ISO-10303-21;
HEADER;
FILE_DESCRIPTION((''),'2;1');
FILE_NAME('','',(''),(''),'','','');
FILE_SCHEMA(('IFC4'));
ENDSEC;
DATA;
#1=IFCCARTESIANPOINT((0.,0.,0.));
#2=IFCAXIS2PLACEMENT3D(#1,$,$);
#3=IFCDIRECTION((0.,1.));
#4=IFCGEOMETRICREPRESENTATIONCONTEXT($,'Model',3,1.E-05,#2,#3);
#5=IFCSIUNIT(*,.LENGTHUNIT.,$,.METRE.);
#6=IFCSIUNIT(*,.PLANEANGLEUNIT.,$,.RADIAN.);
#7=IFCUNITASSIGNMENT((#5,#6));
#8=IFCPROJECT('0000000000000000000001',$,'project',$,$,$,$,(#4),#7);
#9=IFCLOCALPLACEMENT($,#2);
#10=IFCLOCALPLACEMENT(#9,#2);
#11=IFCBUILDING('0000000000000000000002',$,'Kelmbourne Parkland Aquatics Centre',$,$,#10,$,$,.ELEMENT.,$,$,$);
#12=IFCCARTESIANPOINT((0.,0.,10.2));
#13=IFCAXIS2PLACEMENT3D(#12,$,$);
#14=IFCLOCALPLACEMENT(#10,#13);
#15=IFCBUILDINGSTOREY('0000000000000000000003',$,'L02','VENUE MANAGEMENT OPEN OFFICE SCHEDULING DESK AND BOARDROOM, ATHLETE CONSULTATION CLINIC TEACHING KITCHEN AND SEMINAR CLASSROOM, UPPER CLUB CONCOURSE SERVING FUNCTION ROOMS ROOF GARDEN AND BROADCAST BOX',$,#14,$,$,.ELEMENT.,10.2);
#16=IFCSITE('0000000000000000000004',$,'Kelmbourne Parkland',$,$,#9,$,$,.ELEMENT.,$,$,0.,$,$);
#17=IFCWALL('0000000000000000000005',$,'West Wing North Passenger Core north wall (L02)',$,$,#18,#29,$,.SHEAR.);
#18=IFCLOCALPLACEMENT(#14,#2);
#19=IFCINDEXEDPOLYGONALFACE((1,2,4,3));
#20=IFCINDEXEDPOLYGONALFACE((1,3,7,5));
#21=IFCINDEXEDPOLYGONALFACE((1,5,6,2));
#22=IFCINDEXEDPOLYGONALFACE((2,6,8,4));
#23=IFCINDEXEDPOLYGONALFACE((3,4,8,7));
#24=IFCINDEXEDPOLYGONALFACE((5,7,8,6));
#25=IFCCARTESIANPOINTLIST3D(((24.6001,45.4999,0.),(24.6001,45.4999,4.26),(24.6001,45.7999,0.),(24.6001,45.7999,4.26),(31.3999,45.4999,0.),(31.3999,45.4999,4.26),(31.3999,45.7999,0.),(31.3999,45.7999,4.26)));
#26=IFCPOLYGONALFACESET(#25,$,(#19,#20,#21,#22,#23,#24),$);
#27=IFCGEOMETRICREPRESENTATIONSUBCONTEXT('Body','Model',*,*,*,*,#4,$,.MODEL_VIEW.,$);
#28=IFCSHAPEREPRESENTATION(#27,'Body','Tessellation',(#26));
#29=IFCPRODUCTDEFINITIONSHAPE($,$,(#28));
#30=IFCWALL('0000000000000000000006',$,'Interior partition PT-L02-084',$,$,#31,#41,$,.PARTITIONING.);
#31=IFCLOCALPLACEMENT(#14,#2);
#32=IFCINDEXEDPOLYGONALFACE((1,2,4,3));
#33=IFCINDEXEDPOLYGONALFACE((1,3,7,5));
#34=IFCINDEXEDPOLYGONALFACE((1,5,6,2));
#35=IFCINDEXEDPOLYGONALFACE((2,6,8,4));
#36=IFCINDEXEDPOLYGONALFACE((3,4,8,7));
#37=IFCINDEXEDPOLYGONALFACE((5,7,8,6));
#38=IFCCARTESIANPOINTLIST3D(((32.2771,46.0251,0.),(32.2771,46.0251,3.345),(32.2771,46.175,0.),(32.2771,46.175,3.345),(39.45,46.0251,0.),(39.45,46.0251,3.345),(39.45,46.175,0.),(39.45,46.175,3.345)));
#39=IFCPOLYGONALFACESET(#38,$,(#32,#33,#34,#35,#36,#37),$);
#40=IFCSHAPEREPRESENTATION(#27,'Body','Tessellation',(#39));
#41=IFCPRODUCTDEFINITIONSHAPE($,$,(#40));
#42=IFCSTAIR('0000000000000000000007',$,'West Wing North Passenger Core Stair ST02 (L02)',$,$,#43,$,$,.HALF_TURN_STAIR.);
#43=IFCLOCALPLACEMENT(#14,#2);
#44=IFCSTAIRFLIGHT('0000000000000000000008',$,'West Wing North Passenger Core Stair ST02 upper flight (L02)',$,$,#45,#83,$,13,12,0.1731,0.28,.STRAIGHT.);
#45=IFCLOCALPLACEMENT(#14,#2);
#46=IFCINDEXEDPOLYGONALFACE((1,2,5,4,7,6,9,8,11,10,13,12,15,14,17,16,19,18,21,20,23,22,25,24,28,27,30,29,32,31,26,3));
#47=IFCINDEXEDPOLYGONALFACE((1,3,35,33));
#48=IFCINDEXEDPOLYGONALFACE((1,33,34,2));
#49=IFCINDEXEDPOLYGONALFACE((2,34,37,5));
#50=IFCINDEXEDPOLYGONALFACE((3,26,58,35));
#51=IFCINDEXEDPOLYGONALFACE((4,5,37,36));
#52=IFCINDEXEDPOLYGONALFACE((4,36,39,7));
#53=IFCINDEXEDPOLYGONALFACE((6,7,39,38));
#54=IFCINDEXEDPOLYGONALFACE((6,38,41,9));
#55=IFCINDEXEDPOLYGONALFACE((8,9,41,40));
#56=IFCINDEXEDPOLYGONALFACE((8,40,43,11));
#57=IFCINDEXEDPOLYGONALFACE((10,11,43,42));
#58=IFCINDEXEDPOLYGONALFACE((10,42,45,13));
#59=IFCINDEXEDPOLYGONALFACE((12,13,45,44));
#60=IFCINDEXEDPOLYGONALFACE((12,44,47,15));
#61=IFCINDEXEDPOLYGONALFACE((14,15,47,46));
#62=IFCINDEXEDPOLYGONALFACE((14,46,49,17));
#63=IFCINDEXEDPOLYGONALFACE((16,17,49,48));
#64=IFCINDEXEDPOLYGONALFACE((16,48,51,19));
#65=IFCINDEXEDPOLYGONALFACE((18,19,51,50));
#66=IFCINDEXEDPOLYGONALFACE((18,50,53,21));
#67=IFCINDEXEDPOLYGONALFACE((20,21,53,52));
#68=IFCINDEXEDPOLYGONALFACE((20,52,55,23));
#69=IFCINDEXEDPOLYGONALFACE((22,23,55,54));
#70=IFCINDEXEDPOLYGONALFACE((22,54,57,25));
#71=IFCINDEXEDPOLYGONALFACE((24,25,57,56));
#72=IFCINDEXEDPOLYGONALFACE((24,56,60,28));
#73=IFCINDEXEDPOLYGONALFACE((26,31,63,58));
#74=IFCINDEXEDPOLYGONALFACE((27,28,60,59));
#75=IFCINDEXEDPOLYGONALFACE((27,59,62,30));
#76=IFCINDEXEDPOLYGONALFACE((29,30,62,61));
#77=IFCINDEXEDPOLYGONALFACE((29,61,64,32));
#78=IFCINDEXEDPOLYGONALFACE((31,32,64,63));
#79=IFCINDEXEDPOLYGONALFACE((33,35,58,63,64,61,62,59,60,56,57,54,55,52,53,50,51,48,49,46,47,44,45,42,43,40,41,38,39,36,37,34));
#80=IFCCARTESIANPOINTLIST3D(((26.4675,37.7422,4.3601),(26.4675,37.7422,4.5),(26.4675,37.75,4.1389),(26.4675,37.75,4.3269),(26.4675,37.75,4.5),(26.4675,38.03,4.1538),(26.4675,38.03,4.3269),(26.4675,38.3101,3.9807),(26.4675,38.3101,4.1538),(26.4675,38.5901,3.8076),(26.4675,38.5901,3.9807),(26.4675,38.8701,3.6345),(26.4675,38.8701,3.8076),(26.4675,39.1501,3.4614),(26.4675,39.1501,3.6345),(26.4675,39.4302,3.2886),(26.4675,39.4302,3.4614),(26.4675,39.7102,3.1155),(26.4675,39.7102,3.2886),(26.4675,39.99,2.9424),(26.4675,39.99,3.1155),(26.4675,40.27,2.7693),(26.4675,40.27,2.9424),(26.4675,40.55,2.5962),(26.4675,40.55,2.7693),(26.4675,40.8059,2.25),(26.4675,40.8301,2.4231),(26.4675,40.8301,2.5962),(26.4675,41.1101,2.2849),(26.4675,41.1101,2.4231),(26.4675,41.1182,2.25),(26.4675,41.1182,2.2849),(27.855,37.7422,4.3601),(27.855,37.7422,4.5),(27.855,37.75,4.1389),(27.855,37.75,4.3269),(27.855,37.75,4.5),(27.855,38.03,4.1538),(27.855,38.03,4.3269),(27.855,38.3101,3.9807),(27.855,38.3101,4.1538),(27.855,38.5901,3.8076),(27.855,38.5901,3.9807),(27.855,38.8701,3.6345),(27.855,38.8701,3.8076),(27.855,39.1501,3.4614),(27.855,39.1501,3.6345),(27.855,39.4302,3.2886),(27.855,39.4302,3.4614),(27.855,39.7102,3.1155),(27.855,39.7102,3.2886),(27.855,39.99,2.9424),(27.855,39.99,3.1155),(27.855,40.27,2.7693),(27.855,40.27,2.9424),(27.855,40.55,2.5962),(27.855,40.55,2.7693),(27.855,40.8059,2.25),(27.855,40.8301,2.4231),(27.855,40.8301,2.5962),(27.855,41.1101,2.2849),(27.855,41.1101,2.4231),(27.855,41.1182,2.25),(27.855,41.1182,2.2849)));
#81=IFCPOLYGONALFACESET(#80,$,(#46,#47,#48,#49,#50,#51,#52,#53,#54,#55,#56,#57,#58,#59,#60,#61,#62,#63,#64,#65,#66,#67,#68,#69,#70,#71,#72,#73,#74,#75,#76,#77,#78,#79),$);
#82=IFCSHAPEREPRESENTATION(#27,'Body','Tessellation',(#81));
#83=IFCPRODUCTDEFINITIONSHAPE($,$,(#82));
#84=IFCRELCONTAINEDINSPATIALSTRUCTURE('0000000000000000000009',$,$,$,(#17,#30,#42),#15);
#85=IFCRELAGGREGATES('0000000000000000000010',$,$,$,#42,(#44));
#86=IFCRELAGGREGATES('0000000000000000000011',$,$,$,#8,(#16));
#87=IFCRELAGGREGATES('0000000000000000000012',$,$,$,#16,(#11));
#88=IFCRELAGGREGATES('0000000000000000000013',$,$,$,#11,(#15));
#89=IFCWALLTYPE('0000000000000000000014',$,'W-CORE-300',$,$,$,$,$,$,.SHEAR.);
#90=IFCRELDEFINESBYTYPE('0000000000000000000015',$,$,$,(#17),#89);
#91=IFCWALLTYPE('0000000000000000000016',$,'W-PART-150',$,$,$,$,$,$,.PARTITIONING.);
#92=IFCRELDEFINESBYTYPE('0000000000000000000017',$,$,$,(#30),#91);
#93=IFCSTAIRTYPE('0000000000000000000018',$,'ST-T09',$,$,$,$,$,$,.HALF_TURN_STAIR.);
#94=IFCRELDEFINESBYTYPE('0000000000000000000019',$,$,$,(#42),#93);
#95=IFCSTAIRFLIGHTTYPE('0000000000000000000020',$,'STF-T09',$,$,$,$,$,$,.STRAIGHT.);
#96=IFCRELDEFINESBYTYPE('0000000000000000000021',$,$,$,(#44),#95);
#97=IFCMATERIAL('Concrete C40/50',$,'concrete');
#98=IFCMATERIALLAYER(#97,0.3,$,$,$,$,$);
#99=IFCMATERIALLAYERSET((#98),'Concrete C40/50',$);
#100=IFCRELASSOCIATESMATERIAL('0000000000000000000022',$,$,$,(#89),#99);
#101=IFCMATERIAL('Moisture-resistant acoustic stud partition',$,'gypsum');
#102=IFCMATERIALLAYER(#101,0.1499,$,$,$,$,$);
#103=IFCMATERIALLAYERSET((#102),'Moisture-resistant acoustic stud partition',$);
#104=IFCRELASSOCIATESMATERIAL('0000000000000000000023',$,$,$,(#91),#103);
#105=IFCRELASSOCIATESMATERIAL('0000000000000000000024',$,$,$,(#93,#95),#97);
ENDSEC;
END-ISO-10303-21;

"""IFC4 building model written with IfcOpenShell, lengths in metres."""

from ifc_helpers import new_model, si_unit, direction, frame, frame_2d, origin, place, context, subcontext, project, spatial, polyline, rectangle, outline, extrude, material, layer, layer_set, type_object, element, aggregate, save


model = new_model("IFC4")

# Units and contexts
model_context = context("Model", 3, precision=1e-05, world=origin(), true_north=direction((0.0, 1.0)))
body_context = subcontext(model_context, "Body", "Model", "MODEL_VIEW")
ifc_project = project(units=[si_unit("LENGTHUNIT", "METRE"), si_unit("PLANEANGLEUNIT", "RADIAN")], contexts=[model_context])

# Site, building, storey
site_placement = place(None, origin())
site = spatial("IfcSite", under=ifc_project, at=site_placement, Name="Kelmbourne Parkland", CompositionType="ELEMENT", RefElevation=0.0)
building_placement = place(site_placement, origin())
building = spatial("IfcBuilding", under=site, at=building_placement, Name="Kelmbourne Parkland Aquatics Centre", CompositionType="ELEMENT")
storey_placement = place(building_placement, frame((0.0, 0.0, 10.2)))
storey = spatial("IfcBuildingStorey", under=building, at=storey_placement, Name="L02", Description="VENUE MANAGEMENT OPEN OFFICE SCHEDULING DESK AND BOARDROOM, ATHLETE CONSULTATION CLINIC TEACHING KITCHEN AND SEMINAR CLASSROOM, UPPER CLUB CONCOURSE SERVING FUNCTION ROOMS ROOF GARDEN AND BROADCAST BOX", CompositionType="ELEMENT", Elevation=10.2)

# Shared definitions
ifc_material_1 = material(Name="Concrete C40/50", Category="concrete")

# Walls
ifc_layer_1 = layer(ifc_material_1, 0.3)
ifc_layer_set_1 = layer_set([ifc_layer_1], Name="Concrete C40/50")
wall_type_1 = type_object("IfcWallType", Name="W-CORE-300", PredefinedType="SHEAR", material=ifc_layer_set_1)
wall_1_placement = place(storey_placement, frame((24.6001, 45.6499, 0.0), z_axis=(0.0, 0.0, 1.0), x_axis=(1.0, 0.0, 0.0)))
element("IfcWall", 1, at=wall_1_placement, inside=storey, type_object=wall_type_1, Name="West Wing North Passenger Core north wall (L02)", PredefinedType="SHEAR", context=body_context, shape_type="SweptSolid", body=[
    extrude(rectangle(XDim=6.7998, YDim=0.3, at=frame_2d((3.3999, 0.0))), origin(), (0.0, 0.0, 1.0), 4.26),
])
ifc_material_2 = material(Name="Moisture-resistant acoustic stud partition", Category="gypsum")
ifc_layer_2 = layer(ifc_material_2, 0.1499)
ifc_layer_set_2 = layer_set([ifc_layer_2], Name="Moisture-resistant acoustic stud partition")
wall_type_2 = type_object("IfcWallType", Name="W-PART-150", PredefinedType="PARTITIONING", material=ifc_layer_set_2)
wall_2_placement = place(storey_placement, frame((32.2771, 46.1001, 0.0), z_axis=(0.0, 0.0, 1.0), x_axis=(1.0, 0.0, 0.0)))
element("IfcWall", 2, at=wall_2_placement, inside=storey, type_object=wall_type_2, Name="Interior partition PT-L02-084", PredefinedType="PARTITIONING", context=body_context, shape_type="SweptSolid", body=[
    extrude(rectangle(XDim=7.1729, YDim=0.1499, at=frame_2d((3.5864, 0.0))), origin(), (0.0, 0.0, 1.0), 3.345),
])

# Stair, stair flight
stair_type = type_object("IfcStairType", Name="ST-T09", PredefinedType="HALF_TURN_STAIR", material=ifc_material_1)
stair_placement = place(storey_placement, origin())
stair = element("IfcStair", 3, at=stair_placement, inside=storey, type_object=stair_type, Name="West Wing North Passenger Core Stair ST02 (L02)", PredefinedType="HALF_TURN_STAIR")
stair_flight_type = type_object("IfcStairFlightType", Name="STF-T09", PredefinedType="STRAIGHT", material=ifc_material_1)
stair_flight_placement = place(storey_placement, frame((27.1611, 41.1101, 2.25), z_axis=(0.0, 0.0, 1.0), x_axis=(0.0, -1.0, 0.0)))
stair_flight = element("IfcStairFlight", 4, at=stair_flight_placement, type_object=stair_flight_type, Name="West Wing North Passenger Core Stair ST02 upper flight (L02)", NumberOfRisers=13, NumberOfTreads=12, PredefinedType="STRAIGHT", RiserHeight=0.1731, TreadLength=0.28, context=body_context, shape_type="SweptSolid", body=[
    extrude(outline(polyline([(-0.0081, 0.0), (-0.0081, 0.0349), (0.0, 0.0349), (0.0, 0.1731), (0.28, 0.1731), (0.28, 0.3462), (0.5601, 0.3462), (0.5601, 0.5193), (0.8401, 0.5193), (0.8401, 0.6924), (1.1201, 0.6924), (1.1201, 0.8655), (1.3999, 0.8655), (1.3999, 1.0386), (1.6799, 1.0386), (1.6799, 1.2114), (1.96, 1.2114), (1.96, 1.3845), (2.24, 1.3845), (2.24, 1.5576), (2.52, 1.5576), (2.52, 1.7307), (2.8, 1.7307), (2.8, 1.9038), (3.0801, 1.9038), (3.0801, 2.0769), (3.3601, 2.0769), (3.3601, 2.25), (3.3679, 2.25), (3.3679, 2.1101), (3.3601, 1.8889), (0.3042, 0.0), (-0.0081, 0.0)])), frame((0.0, 0.6938, 0.0), z_axis=(0.0, -1.0, 0.0), x_axis=(1.0, 0.0, 0.0)), (0.0, 0.0, 1.0), 1.3875),
])
aggregate(stair, [stair_flight])

save(model, "model.ifc")
